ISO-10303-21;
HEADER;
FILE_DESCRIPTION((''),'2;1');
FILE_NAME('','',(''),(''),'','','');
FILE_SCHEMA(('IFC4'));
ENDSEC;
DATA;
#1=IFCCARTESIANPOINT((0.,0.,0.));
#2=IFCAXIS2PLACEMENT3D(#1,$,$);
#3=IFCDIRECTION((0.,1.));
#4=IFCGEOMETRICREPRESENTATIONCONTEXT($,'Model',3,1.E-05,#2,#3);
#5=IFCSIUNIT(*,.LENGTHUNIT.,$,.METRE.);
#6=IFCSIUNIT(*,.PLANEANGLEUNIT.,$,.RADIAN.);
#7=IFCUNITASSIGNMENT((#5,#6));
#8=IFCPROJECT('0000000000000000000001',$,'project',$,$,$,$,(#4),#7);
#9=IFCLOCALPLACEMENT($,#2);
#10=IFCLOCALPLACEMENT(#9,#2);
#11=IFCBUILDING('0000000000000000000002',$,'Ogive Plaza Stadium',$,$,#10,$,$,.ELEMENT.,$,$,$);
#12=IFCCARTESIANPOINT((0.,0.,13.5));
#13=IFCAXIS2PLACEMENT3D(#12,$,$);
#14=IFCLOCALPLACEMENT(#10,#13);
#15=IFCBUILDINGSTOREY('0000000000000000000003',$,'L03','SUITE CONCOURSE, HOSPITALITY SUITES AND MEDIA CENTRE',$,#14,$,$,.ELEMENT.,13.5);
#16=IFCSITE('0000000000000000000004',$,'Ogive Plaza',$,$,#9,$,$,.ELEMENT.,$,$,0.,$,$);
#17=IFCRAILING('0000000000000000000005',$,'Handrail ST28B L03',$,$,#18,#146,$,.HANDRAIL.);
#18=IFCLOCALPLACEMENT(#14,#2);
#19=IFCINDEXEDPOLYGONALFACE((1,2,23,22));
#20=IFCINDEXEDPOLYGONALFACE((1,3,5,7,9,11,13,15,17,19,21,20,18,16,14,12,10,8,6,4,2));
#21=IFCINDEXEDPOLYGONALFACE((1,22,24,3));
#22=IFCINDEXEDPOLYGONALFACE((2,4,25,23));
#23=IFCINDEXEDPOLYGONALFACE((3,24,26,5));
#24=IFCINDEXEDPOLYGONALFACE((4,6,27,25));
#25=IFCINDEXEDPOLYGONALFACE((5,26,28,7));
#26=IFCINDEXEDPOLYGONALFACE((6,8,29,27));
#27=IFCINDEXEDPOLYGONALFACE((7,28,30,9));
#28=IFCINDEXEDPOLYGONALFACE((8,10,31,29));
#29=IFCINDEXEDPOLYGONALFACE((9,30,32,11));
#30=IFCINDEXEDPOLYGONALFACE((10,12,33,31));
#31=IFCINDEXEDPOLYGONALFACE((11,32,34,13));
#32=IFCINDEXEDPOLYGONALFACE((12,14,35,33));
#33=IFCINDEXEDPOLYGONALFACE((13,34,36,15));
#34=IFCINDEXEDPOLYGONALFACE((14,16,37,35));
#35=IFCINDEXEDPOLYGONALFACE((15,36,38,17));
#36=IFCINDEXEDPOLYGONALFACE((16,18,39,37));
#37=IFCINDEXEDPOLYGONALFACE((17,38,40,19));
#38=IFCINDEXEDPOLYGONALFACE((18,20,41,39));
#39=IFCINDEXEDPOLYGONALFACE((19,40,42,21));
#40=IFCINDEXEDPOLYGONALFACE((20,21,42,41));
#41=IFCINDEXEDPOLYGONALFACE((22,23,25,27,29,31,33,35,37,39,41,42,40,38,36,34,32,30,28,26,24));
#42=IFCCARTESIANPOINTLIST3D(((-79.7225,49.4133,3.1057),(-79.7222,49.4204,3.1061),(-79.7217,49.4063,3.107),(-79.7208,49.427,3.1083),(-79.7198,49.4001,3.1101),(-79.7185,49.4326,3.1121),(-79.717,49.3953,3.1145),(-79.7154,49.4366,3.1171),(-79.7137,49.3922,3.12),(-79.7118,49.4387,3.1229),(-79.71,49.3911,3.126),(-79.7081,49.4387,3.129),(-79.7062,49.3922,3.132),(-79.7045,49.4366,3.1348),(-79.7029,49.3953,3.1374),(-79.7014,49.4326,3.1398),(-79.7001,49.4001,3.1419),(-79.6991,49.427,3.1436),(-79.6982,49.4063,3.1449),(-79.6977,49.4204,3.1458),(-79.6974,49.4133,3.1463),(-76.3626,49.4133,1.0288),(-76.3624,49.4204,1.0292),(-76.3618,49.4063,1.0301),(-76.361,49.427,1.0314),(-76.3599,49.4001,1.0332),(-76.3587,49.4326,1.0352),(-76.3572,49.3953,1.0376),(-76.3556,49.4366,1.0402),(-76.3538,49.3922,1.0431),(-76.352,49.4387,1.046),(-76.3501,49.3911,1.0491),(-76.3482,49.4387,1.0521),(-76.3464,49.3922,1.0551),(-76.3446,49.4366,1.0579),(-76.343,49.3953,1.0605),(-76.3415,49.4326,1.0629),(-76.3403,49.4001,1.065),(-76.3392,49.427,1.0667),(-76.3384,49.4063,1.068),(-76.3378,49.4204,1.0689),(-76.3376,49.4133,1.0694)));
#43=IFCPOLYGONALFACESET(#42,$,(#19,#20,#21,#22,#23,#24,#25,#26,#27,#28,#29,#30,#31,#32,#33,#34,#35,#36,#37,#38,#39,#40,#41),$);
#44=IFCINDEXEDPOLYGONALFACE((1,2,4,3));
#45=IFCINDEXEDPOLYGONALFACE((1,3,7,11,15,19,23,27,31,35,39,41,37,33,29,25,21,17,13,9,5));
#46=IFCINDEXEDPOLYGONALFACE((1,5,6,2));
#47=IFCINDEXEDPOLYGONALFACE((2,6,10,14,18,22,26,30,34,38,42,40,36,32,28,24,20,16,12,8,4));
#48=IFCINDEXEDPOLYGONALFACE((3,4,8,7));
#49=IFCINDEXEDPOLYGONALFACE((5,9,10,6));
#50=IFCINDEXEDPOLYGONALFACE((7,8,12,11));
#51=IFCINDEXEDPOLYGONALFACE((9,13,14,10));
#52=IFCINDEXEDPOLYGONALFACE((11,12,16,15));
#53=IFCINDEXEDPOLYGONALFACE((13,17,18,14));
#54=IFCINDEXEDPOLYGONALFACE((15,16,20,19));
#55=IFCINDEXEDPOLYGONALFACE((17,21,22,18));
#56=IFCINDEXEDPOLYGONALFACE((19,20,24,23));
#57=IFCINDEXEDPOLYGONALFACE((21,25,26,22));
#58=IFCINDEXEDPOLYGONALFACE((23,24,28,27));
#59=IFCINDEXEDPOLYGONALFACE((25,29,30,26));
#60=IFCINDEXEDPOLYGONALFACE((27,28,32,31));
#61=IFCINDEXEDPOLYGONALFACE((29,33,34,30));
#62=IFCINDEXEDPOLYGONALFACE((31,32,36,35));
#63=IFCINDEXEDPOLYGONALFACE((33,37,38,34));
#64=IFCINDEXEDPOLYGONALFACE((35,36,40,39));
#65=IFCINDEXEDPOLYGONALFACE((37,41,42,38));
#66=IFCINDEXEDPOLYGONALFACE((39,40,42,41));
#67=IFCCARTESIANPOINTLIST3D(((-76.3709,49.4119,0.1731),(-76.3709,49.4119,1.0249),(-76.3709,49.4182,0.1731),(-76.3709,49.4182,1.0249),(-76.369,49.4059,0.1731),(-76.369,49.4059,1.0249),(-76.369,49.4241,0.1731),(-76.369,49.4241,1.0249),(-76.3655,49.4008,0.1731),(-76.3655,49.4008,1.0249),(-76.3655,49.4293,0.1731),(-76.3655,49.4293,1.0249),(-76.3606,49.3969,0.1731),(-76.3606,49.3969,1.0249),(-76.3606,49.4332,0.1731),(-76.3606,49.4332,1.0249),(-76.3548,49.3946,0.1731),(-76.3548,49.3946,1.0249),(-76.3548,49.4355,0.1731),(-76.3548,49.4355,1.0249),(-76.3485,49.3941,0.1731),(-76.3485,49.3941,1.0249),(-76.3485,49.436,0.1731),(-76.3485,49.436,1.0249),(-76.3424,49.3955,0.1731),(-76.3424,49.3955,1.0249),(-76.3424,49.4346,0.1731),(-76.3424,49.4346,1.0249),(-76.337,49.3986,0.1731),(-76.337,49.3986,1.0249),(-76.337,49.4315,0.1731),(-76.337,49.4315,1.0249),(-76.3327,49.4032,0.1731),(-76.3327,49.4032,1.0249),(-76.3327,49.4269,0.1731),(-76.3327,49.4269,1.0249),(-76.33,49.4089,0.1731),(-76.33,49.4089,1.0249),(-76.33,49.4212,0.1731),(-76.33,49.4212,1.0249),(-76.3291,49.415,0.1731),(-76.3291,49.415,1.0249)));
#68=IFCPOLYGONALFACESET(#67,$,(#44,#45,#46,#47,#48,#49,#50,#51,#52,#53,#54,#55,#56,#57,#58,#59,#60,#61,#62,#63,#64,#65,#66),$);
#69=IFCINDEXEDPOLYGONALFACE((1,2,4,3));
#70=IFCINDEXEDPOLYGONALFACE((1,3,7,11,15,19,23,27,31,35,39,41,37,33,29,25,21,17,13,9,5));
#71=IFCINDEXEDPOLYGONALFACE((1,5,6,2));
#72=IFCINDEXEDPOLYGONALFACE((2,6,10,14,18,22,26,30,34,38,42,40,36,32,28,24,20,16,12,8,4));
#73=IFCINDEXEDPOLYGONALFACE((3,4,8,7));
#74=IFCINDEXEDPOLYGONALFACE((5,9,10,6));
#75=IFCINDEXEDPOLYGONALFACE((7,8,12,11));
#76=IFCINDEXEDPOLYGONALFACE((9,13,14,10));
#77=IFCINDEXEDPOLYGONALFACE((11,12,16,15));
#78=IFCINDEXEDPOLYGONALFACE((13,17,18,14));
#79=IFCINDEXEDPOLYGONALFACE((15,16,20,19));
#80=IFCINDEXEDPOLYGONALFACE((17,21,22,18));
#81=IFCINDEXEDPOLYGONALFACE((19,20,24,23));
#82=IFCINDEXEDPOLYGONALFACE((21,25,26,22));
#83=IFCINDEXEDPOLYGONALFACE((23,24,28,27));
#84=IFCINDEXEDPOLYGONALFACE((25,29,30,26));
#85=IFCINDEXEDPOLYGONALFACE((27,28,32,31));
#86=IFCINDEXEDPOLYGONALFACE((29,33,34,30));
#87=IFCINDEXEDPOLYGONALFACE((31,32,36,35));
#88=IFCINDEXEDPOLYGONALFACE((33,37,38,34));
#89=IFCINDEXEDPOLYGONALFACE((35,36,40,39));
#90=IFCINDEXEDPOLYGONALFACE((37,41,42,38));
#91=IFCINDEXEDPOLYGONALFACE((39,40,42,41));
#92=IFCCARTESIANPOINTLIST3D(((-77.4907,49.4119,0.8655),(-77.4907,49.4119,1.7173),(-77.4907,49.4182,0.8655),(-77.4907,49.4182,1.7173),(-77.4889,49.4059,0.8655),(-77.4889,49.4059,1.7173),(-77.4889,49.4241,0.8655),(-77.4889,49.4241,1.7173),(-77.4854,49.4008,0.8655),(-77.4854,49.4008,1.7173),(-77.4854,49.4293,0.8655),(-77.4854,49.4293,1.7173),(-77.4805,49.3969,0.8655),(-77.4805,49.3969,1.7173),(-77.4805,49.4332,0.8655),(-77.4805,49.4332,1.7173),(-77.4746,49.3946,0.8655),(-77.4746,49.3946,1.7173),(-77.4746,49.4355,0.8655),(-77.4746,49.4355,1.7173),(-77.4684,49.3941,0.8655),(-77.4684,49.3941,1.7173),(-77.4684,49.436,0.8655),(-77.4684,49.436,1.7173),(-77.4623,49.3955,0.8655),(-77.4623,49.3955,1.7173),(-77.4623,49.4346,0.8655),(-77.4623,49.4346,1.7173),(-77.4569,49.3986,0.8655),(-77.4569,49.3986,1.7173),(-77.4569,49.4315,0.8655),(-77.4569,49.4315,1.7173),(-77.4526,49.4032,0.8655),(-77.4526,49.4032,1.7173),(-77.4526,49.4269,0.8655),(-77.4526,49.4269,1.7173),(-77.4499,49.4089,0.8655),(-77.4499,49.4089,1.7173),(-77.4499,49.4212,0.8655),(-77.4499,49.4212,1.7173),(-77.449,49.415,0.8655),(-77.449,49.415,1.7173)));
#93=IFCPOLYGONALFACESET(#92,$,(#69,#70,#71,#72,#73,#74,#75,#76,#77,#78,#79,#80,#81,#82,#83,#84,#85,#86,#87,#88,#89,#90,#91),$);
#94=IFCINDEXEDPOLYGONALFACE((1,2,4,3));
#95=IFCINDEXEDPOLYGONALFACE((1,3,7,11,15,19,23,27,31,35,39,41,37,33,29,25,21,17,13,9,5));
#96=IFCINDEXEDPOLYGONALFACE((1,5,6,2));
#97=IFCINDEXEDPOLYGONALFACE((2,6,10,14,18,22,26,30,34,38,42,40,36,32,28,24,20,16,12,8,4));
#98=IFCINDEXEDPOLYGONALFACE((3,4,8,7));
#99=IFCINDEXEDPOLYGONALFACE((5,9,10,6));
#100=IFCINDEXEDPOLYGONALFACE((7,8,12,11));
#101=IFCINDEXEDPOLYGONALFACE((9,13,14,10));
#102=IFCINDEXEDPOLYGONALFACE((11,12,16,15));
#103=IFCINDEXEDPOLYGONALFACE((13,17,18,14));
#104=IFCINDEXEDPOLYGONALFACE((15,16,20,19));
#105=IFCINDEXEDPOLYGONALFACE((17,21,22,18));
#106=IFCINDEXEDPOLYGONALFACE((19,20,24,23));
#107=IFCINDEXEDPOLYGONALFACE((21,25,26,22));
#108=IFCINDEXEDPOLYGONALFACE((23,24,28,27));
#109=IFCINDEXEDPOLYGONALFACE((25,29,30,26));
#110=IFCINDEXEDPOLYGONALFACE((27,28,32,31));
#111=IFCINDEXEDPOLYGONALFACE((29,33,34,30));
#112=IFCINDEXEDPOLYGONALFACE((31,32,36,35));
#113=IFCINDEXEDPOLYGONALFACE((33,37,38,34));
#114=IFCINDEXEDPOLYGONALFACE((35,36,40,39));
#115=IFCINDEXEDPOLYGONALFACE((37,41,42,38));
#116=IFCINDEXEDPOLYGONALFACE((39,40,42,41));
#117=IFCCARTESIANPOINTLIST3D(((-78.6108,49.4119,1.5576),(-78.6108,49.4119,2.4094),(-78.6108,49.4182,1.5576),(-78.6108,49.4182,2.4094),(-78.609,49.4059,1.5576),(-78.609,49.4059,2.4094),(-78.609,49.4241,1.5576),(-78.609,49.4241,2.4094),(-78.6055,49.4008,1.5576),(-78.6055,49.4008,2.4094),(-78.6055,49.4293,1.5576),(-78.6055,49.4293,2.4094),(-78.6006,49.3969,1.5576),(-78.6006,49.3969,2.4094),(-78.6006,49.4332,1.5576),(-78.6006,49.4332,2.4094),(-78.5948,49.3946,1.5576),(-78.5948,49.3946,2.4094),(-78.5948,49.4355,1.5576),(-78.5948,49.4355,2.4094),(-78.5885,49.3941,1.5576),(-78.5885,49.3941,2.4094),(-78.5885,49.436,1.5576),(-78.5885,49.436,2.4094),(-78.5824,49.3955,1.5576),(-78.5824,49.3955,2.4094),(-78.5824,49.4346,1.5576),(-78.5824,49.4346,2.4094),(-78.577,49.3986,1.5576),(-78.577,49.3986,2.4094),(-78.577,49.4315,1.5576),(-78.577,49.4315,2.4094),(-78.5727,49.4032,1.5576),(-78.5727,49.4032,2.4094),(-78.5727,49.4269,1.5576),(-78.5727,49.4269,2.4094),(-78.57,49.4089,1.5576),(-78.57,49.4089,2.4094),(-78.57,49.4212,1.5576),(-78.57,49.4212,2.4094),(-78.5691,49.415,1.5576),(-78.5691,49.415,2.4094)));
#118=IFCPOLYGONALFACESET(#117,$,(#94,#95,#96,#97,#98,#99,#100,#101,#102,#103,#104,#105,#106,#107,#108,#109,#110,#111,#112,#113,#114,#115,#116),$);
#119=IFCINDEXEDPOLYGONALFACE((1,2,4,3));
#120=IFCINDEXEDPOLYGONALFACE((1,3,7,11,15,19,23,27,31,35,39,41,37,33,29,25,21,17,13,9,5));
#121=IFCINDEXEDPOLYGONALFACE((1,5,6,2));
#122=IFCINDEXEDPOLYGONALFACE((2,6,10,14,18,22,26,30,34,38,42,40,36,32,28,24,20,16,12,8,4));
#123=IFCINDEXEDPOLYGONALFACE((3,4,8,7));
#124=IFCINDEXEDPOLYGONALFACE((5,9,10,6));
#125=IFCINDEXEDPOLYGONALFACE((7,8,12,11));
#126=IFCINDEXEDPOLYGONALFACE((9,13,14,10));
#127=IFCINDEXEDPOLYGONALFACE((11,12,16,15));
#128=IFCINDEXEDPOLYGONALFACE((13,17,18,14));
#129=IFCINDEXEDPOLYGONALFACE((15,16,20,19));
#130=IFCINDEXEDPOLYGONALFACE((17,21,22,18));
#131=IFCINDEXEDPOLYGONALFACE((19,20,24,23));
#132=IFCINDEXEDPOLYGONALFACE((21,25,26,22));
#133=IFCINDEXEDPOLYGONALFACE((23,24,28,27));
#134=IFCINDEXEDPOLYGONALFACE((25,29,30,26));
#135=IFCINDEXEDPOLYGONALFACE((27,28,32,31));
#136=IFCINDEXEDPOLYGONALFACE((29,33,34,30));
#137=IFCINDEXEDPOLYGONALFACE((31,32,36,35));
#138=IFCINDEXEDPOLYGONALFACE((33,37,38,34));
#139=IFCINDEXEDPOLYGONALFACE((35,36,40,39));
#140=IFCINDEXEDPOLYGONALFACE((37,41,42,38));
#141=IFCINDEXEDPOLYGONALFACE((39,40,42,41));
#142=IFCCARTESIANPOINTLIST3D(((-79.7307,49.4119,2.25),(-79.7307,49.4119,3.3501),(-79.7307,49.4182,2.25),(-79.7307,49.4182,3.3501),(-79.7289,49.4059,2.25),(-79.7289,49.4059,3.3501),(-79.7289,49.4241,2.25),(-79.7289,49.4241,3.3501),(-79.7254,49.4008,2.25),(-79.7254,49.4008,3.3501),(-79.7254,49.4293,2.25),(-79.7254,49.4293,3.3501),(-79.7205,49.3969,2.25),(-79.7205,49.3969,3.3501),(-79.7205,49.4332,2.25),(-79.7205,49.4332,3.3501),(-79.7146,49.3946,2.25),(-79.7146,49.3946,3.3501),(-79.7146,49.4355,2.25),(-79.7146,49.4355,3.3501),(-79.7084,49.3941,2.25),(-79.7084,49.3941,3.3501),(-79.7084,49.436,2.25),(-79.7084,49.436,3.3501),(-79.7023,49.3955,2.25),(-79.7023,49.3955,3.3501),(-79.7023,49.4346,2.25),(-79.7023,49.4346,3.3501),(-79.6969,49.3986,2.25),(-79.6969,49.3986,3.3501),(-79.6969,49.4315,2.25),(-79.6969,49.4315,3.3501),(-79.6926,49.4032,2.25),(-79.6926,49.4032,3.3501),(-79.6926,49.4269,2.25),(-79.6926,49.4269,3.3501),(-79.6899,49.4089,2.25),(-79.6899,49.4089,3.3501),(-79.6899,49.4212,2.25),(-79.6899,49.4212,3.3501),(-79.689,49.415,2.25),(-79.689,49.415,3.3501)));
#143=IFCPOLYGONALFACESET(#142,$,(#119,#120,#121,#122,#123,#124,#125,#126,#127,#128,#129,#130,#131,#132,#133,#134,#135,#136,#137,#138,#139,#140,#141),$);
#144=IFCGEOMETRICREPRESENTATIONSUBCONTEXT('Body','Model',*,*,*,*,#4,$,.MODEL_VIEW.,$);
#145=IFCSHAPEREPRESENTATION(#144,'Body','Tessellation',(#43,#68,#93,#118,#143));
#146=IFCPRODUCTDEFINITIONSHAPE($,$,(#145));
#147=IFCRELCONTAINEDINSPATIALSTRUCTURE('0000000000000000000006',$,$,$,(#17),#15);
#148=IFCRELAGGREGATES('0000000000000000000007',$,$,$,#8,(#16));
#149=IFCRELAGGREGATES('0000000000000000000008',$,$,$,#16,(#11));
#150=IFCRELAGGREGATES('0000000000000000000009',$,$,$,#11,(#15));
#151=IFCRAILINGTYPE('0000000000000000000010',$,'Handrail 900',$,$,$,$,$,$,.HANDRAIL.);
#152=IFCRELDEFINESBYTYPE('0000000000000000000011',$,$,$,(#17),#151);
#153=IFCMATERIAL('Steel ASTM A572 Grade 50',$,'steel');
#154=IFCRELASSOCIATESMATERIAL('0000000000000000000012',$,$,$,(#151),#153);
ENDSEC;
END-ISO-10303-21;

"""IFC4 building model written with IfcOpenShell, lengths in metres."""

from ifc_helpers import new_model, si_unit, direction, frame, origin, origin_2d, place, context, subcontext, project, spatial, circle, extrude, material, type_object, element, save


model = new_model("IFC4")

# Units and contexts
model_context = context("Model", 3, precision=1e-05, world=origin(), true_north=direction((0.0, 1.0)))
body_context = subcontext(model_context, "Body", "Model", "MODEL_VIEW")
ifc_project = project(units=[si_unit("LENGTHUNIT", "METRE"), si_unit("PLANEANGLEUNIT", "RADIAN")], contexts=[model_context])

# Site, building, storey
site_placement = place(None, origin())
site = spatial("IfcSite", under=ifc_project, at=site_placement, Name="Ogive Plaza", CompositionType="ELEMENT", RefElevation=0.0)
building_placement = place(site_placement, origin())
building = spatial("IfcBuilding", under=site, at=building_placement, Name="Ogive Plaza Stadium", CompositionType="ELEMENT")
storey_placement = place(building_placement, frame((0.0, 0.0, 13.5)))
storey = spatial("IfcBuildingStorey", under=building, at=storey_placement, Name="L03", Description="SUITE CONCOURSE, HOSPITALITY SUITES AND MEDIA CENTRE", CompositionType="ELEMENT", Elevation=13.5)

# Railing
ifc_material_1 = material(Name="Steel ASTM A572 Grade 50", Category="steel")
railing_type_1 = type_object("IfcRailingType", Name="Handrail 900", PredefinedType="HANDRAIL", material=ifc_material_1)
for number, where, name in (
    (1, (-76.3501, 49.415, 0.1731), "Handrail ST28B L03"),
):
    element("IfcRailing", number, at=place(storey_placement, frame(where)), inside=storey, type_object=railing_type_1, Name=name, PredefinedType="HANDRAIL", context=body_context, shape_type="SweptSolid", body=[
        extrude(circle(Radius=0.0239, at=origin_2d()), frame((0.0, 0.0, 0.876), z_axis=(-0.850606, 0.0, 0.525803), x_axis=(0.0, -1.0, 0.0)), (0.0, 0.0, 1.0), 3.95),
        extrude(circle(Radius=0.021, at=origin_2d()), origin(), (0.0, 0.0, 1.0), 0.8518),
        extrude(circle(Radius=0.021, at=origin_2d()), frame((-1.1199, 0.0, 0.6924)), (0.0, 0.0, 1.0), 0.8518),
        extrude(circle(Radius=0.021, at=origin_2d()), frame((-2.24, 0.0, 1.3845)), (0.0, 0.0, 1.0), 0.8518),
        extrude(circle(Radius=0.021, at=origin_2d()), frame((-3.3599, 0.0, 2.0769)), (0.0, 0.0, 1.0), 1.1001),
    ])

save(model, "model.ifc")
